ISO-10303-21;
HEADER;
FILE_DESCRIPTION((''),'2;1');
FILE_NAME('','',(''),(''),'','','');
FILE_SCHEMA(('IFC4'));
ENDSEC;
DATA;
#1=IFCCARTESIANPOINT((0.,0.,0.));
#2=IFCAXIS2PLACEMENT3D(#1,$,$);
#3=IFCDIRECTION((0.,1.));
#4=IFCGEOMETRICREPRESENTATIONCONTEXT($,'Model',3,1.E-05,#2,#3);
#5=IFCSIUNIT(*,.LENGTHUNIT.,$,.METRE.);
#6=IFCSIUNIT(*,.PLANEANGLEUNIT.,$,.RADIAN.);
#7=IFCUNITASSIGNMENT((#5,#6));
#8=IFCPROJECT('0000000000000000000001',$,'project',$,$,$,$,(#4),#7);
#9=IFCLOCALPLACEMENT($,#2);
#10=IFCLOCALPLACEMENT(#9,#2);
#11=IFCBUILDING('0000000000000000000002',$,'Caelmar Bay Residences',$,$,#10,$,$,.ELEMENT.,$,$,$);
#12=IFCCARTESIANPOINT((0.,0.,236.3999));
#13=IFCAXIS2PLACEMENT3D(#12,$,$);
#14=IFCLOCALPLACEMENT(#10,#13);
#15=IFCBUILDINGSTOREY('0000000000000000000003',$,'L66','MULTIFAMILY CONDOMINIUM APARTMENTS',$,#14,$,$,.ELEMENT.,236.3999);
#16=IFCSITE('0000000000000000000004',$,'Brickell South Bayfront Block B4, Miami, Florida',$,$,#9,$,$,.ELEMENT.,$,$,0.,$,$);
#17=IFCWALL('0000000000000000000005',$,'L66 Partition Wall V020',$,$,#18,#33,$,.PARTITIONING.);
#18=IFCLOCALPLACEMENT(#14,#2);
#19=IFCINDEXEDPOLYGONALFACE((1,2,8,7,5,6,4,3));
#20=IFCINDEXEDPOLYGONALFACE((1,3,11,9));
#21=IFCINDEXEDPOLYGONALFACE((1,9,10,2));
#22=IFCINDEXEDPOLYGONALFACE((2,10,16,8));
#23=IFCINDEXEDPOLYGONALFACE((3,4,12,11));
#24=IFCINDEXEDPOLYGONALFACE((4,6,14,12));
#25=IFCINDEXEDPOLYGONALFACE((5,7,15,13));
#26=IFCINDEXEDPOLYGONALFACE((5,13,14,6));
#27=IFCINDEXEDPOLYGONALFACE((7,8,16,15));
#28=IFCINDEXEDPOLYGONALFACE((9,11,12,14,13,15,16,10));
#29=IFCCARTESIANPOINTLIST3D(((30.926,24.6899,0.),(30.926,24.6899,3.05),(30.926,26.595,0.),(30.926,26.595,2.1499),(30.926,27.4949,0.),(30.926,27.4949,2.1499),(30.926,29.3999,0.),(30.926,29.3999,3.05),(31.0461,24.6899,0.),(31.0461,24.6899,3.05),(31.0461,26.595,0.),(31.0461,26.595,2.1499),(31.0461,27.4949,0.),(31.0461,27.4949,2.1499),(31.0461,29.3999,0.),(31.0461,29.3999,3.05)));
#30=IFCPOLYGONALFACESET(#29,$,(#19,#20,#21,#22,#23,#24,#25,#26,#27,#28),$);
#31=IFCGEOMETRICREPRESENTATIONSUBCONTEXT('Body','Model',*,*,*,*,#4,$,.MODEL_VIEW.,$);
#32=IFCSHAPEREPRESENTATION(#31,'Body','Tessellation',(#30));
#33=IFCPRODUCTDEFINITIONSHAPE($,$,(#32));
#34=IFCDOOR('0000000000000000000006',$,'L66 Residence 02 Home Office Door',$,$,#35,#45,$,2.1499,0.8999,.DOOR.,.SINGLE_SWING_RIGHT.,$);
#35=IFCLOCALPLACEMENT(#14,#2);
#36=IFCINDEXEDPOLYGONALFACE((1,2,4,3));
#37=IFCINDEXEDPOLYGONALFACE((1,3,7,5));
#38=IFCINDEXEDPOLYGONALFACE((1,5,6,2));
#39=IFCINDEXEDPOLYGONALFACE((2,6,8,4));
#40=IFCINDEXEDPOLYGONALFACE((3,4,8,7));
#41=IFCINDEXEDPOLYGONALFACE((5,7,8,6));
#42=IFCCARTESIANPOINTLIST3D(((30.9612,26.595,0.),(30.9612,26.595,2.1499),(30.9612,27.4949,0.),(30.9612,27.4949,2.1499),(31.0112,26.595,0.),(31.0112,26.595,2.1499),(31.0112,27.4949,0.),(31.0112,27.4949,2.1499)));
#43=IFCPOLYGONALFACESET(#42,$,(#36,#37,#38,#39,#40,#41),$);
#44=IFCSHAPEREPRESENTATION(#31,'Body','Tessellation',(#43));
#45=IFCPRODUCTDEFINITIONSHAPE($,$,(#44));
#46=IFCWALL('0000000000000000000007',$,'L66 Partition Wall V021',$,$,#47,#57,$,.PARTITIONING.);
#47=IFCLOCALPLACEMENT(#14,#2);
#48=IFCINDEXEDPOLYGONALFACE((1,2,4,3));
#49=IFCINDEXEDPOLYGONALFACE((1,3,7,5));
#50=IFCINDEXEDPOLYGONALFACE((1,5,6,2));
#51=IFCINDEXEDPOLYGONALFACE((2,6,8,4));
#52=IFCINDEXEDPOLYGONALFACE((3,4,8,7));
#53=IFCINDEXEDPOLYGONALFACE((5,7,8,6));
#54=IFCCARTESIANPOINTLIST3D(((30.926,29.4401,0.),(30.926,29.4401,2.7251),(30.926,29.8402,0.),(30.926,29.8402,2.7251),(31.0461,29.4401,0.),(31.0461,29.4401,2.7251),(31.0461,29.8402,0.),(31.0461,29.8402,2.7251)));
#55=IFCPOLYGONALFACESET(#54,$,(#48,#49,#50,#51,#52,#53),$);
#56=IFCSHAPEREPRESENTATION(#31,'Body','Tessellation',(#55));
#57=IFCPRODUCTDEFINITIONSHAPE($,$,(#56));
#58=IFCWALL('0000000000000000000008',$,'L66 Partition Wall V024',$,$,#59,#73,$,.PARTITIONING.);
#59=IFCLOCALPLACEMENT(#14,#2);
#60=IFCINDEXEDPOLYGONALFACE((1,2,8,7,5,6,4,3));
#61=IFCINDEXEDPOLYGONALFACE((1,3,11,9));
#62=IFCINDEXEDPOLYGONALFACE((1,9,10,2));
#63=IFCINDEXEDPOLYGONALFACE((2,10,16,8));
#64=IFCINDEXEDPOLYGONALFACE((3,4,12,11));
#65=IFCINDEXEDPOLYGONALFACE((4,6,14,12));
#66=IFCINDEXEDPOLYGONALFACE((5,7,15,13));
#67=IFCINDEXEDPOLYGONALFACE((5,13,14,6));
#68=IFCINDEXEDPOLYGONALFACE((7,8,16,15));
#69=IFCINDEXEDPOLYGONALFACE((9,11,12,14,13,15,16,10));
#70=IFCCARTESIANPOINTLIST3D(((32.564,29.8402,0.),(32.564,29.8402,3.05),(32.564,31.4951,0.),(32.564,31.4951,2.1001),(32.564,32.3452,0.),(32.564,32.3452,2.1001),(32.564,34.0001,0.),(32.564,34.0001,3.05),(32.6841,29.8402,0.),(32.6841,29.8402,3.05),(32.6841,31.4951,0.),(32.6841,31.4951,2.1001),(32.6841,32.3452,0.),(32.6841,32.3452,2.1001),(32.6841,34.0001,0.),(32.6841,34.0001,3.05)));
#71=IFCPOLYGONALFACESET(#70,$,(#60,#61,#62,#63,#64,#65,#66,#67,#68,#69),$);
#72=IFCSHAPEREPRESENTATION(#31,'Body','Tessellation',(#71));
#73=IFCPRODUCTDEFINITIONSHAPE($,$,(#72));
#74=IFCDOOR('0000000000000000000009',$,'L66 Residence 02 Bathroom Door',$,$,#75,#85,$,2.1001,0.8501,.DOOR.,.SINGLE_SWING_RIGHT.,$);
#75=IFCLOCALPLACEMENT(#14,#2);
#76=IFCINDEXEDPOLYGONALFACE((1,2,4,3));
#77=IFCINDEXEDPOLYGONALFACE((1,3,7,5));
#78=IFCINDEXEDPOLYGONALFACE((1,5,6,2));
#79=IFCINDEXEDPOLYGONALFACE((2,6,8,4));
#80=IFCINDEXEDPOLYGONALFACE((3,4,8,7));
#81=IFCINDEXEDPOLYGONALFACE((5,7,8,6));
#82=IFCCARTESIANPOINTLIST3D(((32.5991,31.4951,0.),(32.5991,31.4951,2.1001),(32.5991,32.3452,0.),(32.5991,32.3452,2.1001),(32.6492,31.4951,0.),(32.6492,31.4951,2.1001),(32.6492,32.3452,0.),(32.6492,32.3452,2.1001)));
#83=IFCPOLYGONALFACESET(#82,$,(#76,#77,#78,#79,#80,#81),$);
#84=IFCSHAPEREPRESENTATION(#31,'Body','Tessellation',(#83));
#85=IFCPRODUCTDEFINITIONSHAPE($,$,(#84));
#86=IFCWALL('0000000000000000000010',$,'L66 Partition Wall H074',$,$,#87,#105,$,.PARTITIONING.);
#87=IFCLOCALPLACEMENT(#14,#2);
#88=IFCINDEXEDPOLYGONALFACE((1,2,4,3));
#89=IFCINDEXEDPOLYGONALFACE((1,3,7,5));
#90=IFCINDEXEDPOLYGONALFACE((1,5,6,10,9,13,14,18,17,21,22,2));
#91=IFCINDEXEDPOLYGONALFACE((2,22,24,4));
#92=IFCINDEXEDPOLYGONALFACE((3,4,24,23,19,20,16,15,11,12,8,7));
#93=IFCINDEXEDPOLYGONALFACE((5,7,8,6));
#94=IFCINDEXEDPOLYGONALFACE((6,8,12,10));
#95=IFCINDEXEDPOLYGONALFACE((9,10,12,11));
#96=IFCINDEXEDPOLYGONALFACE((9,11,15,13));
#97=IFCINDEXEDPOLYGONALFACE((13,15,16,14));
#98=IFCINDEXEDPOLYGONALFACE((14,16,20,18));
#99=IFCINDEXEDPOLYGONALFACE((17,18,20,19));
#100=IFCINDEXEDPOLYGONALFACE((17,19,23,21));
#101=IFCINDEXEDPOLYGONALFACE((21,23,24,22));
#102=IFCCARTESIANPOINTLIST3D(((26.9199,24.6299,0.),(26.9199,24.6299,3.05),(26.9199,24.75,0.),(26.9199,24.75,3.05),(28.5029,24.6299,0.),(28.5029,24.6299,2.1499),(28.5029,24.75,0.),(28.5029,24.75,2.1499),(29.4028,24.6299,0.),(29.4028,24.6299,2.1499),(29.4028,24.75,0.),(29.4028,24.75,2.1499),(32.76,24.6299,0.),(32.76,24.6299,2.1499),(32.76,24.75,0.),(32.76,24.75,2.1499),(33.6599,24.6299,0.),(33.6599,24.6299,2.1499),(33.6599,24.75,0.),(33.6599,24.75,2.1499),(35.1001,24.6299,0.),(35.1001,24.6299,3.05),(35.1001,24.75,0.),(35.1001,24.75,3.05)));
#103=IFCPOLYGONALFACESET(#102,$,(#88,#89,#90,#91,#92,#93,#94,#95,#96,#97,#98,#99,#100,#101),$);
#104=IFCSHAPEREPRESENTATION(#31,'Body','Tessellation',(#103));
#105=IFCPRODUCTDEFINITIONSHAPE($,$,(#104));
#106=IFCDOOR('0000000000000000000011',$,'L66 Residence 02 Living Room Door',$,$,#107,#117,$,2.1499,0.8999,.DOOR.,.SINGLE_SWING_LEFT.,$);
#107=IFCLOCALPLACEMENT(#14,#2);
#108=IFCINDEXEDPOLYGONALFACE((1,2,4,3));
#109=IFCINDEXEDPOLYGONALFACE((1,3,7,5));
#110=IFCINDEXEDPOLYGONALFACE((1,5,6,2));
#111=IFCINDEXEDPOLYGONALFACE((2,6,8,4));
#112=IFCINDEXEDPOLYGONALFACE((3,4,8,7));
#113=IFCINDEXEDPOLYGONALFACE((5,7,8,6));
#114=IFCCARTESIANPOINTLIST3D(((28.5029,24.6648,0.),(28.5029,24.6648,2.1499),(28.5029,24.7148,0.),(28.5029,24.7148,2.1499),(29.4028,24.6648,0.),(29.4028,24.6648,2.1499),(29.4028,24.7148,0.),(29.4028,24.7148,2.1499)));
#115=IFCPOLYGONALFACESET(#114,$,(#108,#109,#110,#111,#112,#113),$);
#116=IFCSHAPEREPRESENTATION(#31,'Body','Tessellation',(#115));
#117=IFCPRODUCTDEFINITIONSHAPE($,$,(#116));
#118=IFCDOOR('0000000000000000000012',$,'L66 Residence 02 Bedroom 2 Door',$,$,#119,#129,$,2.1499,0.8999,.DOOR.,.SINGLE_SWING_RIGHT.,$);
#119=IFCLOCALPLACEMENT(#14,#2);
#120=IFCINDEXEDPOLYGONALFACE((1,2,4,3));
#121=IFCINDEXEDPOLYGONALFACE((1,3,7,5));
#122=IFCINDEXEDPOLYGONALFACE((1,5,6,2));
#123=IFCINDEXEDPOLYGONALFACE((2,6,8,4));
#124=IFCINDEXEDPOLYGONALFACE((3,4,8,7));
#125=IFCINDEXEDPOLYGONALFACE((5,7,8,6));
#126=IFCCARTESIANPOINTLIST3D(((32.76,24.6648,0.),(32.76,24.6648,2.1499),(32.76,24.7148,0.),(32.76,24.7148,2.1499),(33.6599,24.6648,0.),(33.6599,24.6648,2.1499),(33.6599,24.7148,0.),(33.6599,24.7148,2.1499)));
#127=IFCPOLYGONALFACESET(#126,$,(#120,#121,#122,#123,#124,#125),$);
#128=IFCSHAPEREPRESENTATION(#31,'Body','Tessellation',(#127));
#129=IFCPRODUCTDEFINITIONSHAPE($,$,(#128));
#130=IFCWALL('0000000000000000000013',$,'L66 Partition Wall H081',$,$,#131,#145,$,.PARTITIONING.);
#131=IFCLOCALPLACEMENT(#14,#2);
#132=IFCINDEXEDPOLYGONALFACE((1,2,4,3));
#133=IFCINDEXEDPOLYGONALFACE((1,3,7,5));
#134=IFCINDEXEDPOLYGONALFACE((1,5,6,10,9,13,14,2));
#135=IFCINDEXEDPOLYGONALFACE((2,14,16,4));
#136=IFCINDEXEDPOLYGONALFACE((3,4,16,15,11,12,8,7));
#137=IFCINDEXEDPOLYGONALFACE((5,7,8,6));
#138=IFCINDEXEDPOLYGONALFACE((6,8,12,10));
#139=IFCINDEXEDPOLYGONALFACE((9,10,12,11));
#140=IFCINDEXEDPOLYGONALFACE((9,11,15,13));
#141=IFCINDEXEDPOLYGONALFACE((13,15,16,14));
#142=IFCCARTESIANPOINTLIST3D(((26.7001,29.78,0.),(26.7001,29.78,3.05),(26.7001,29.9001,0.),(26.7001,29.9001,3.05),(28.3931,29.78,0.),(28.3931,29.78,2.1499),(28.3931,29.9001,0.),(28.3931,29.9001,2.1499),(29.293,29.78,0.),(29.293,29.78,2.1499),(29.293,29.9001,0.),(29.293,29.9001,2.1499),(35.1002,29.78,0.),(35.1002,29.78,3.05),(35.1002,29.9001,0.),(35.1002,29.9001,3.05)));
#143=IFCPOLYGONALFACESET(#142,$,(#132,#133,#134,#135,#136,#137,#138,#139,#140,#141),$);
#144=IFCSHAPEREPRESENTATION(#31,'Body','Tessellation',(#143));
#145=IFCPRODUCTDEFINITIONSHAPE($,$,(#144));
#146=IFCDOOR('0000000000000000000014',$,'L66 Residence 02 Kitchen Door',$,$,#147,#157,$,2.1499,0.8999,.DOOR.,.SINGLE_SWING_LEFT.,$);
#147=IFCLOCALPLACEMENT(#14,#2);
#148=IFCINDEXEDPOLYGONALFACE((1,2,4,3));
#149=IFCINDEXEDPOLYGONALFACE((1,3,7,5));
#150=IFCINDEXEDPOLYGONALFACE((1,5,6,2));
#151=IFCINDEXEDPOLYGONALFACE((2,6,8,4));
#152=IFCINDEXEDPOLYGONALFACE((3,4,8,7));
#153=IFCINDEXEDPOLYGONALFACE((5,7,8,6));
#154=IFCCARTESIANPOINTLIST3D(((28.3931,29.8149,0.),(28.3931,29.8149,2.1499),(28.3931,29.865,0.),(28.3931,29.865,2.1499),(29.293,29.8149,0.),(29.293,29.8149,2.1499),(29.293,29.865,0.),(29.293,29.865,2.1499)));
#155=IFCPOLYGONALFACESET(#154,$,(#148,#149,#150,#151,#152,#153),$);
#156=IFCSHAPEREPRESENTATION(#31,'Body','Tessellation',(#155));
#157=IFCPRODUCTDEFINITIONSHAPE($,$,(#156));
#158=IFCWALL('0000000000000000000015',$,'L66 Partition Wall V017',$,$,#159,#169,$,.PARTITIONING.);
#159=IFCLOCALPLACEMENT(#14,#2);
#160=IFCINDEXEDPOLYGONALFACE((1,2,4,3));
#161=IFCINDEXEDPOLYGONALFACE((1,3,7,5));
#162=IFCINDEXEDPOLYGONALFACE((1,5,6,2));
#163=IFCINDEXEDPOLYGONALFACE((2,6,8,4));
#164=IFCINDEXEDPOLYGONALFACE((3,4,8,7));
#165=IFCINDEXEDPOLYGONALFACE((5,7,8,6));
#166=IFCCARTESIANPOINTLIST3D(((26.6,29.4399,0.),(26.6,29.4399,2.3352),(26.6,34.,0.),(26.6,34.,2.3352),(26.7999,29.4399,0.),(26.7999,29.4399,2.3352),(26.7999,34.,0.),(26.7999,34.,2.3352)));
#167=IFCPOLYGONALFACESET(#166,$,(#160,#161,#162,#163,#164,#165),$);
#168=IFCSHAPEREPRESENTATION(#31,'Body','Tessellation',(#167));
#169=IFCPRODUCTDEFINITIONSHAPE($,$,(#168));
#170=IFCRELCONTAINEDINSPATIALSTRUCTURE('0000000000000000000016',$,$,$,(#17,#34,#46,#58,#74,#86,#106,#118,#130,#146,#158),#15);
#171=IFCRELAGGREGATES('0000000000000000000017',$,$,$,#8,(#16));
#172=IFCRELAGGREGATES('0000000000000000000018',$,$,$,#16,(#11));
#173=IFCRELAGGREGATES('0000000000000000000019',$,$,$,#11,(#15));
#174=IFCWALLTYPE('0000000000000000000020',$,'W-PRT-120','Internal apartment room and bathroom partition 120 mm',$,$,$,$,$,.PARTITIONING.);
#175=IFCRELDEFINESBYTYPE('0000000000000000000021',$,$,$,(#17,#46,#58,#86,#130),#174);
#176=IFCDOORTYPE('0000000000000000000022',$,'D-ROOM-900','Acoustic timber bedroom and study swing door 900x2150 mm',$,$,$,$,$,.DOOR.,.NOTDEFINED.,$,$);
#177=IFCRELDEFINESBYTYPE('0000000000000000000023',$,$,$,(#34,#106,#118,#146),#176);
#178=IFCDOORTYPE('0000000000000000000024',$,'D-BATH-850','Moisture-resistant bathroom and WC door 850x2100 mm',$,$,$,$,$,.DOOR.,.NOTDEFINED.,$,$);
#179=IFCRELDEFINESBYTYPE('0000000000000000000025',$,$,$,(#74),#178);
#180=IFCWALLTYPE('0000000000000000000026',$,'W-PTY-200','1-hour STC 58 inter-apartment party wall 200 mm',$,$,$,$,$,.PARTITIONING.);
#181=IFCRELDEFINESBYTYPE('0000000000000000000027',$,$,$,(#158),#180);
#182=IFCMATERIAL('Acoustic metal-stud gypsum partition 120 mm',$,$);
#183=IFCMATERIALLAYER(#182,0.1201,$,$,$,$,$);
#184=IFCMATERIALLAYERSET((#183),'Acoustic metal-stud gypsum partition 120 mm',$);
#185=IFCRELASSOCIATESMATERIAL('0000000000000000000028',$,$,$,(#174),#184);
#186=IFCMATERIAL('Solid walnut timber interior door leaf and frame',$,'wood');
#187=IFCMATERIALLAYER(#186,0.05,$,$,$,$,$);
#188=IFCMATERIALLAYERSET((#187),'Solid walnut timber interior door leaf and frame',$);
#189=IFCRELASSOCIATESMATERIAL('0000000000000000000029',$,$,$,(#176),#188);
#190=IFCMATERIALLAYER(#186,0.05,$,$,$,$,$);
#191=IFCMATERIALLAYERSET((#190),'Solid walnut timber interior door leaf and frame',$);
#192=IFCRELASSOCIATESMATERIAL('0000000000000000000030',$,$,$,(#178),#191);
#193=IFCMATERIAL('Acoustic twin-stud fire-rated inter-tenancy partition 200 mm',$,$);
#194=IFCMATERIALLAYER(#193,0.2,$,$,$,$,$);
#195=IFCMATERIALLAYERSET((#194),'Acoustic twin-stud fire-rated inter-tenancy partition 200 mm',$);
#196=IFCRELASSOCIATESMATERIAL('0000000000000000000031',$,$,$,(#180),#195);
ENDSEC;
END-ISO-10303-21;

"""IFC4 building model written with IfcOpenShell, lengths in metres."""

from ifc_helpers import new_model, si_unit, direction, frame, frame_2d, origin, place, context, subcontext, project, spatial, rectangle, extrude, material, layer, layer_set, type_object, element, fill, save


model = new_model("IFC4")

# Units and contexts
model_context = context("Model", 3, precision=1e-05, world=origin(), true_north=direction((0.0, 1.0)))
body_context = subcontext(model_context, "Body", "Model", "MODEL_VIEW")
ifc_project = project(units=[si_unit("LENGTHUNIT", "METRE"), si_unit("PLANEANGLEUNIT", "RADIAN")], contexts=[model_context])

# Site, building, storey
site_placement = place(None, origin())
site = spatial("IfcSite", under=ifc_project, at=site_placement, Name="Brickell South Bayfront Block B4, Miami, Florida", CompositionType="ELEMENT", RefElevation=0.0)
building_placement = place(site_placement, origin())
building = spatial("IfcBuilding", under=site, at=building_placement, Name="Caelmar Bay Residences", CompositionType="ELEMENT")
storey_placement = place(building_placement, frame((0.0, 0.0, 236.3999)))
storey = spatial("IfcBuildingStorey", under=building, at=storey_placement, Name="L66", Description="MULTIFAMILY CONDOMINIUM APARTMENTS", CompositionType="ELEMENT", Elevation=236.3999)

# Wall, opening, door
ifc_material_1 = material(Name="Acoustic metal-stud gypsum partition 120 mm")
ifc_layer_1 = layer(ifc_material_1, 0.1201)
ifc_layer_set_1 = layer_set([ifc_layer_1], Name="Acoustic metal-stud gypsum partition 120 mm")
wall_type_1 = type_object("IfcWallType", Name="W-PRT-120", Description="Internal apartment room and bathroom partition 120 mm", PredefinedType="PARTITIONING", material=ifc_layer_set_1)
wall_1_placement = place(storey_placement, frame((30.9861, 24.6899, 0.0), z_axis=(0.0, 0.0, 1.0), x_axis=(0.0, 1.0, 0.0)))
wall_1 = element("IfcWall", 1, at=wall_1_placement, inside=storey, type_object=wall_type_1, Name="L66 Partition Wall V020", PredefinedType="PARTITIONING", context=body_context, shape_type="SweptSolid", body=[
    extrude(rectangle(XDim=4.71, YDim=0.1201, at=frame_2d((2.355, 0.0))), origin(), (0.0, 0.0, 1.0), 3.05),
])
opening_1_placement = place(wall_1_placement, frame((1.905, 0.0, 0.0)))
opening_1 = element("IfcOpeningElement", 2, at=opening_1_placement, cuts=wall_1, PredefinedType="OPENING", context=body_context, shape_type="SweptSolid", body=[
    extrude(rectangle(XDim=0.8999, YDim=2.1499, at=frame_2d((0.45, 1.075))), frame((0.0, 0.0701, 0.0), z_axis=(0.0, -1.0, 0.0), x_axis=(1.0, 0.0, 0.0)), (0.0, 0.0, 1.0), 0.1401),
])
ifc_material_2 = material(Name="Solid walnut timber interior door leaf and frame", Category="wood")
ifc_layer_2 = layer(ifc_material_2, 0.05)
ifc_layer_set_2 = layer_set([ifc_layer_2], Name="Solid walnut timber interior door leaf and frame")
door_type_1 = type_object("IfcDoorType", Name="D-ROOM-900", Description="Acoustic timber bedroom and study swing door 900x2150 mm", OperationType="NOTDEFINED", PredefinedType="DOOR", material=ifc_layer_set_2)
door_1_placement = place(opening_1_placement, origin())
door_1 = element("IfcDoor", 3, at=door_1_placement, inside=storey, type_object=door_type_1, Name="L66 Residence 02 Home Office Door", OperationType="SINGLE_SWING_RIGHT", OverallHeight=2.1499, OverallWidth=0.8999, PredefinedType="DOOR", context=body_context, shape_type="SweptSolid", body=[
    extrude(rectangle(XDim=0.8999, YDim=2.1499, at=frame_2d((0.45, 1.075))), frame((0.0, 0.0249, 0.0), z_axis=(0.0, -1.0, 0.0), x_axis=(1.0, 0.0, 0.0)), (0.0, 0.0, 1.0), 0.05),
])
fill(opening_1, door_1)

# Wall
wall_2_placement = place(storey_placement, frame((30.9861, 29.4399, 0.0), z_axis=(0.0, 0.0, 1.0), x_axis=(0.0, 1.0, 0.0)))
element("IfcWall", 4, at=wall_2_placement, inside=storey, type_object=wall_type_1, Name="L66 Partition Wall V021", PredefinedType="PARTITIONING", context=body_context, shape_type="SweptSolid", body=[
    extrude(rectangle(XDim=0.4001, YDim=0.1201, at=frame_2d((0.2002, 0.0))), origin(), (0.0, 0.0, 1.0), 2.7251),
])

# Wall, opening, door
wall_3_placement = place(storey_placement, frame((32.624, 29.8401, 0.0), z_axis=(0.0, 0.0, 1.0), x_axis=(0.0, 1.0, 0.0)))
wall_3 = element("IfcWall", 5, at=wall_3_placement, inside=storey, type_object=wall_type_1, Name="L66 Partition Wall V024", PredefinedType="PARTITIONING", context=body_context, shape_type="SweptSolid", body=[
    extrude(rectangle(XDim=4.1599, YDim=0.1201, at=frame_2d((2.0801, 0.0))), origin(), (0.0, 0.0, 1.0), 3.05),
])
opening_2_placement = place(wall_3_placement, frame((1.655, 0.0, 0.0)))
opening_2 = element("IfcOpeningElement", 6, at=opening_2_placement, cuts=wall_3, PredefinedType="OPENING", context=body_context, shape_type="SweptSolid", body=[
    extrude(rectangle(XDim=0.8501, YDim=2.1001, at=frame_2d((0.425, 1.05))), frame((0.0, 0.0701, 0.0), z_axis=(0.0, -1.0, 0.0), x_axis=(1.0, 0.0, 0.0)), (0.0, 0.0, 1.0), 0.1401),
])
ifc_layer_3 = layer(ifc_material_2, 0.05)
ifc_layer_set_3 = layer_set([ifc_layer_3], Name="Solid walnut timber interior door leaf and frame")
door_type_2 = type_object("IfcDoorType", Name="D-BATH-850", Description="Moisture-resistant bathroom and WC door 850x2100 mm", OperationType="NOTDEFINED", PredefinedType="DOOR", material=ifc_layer_set_3)
door_2_placement = place(opening_2_placement, origin())
door_2 = element("IfcDoor", 7, at=door_2_placement, inside=storey, type_object=door_type_2, Name="L66 Residence 02 Bathroom Door", OperationType="SINGLE_SWING_RIGHT", OverallHeight=2.1001, OverallWidth=0.8501, PredefinedType="DOOR", context=body_context, shape_type="SweptSolid", body=[
    extrude(rectangle(XDim=0.8501, YDim=2.1001, at=frame_2d((0.425, 1.05))), frame((0.0, 0.0249, 0.0), z_axis=(0.0, -1.0, 0.0), x_axis=(1.0, 0.0, 0.0)), (0.0, 0.0, 1.0), 0.05),
])
fill(opening_2, door_2)

# Wall, openings, doors
wall_4_placement = place(storey_placement, frame((26.9199, 24.6899, 0.0), z_axis=(0.0, 0.0, 1.0), x_axis=(1.0, 0.0, 0.0)))
wall_4 = element("IfcWall", 8, at=wall_4_placement, inside=storey, type_object=wall_type_1, Name="L66 Partition Wall H074", PredefinedType="PARTITIONING", context=body_context, shape_type="SweptSolid", body=[
    extrude(rectangle(XDim=8.1802, YDim=0.1201, at=frame_2d((4.0901, 0.0))), origin(), (0.0, 0.0, 1.0), 3.05),
])
opening_3_placement = place(wall_4_placement, frame((1.583, 0.0, 0.0)))
opening_3 = element("IfcOpeningElement", 9, at=opening_3_placement, cuts=wall_4, PredefinedType="OPENING", context=body_context, shape_type="SweptSolid", body=[
    extrude(rectangle(XDim=0.8999, YDim=2.1499, at=frame_2d((0.45, 1.075))), frame((0.0, 0.0701, 0.0), z_axis=(0.0, -1.0, 0.0), x_axis=(1.0, 0.0, 0.0)), (0.0, 0.0, 1.0), 0.1401),
])
opening_4_placement = place(wall_4_placement, frame((5.8401, 0.0, 0.0)))
opening_4 = element("IfcOpeningElement", 10, at=opening_4_placement, cuts=wall_4, PredefinedType="OPENING", context=body_context, shape_type="SweptSolid", body=[
    extrude(rectangle(XDim=0.8999, YDim=2.1499, at=frame_2d((0.45, 1.075))), frame((0.0, 0.0701, 0.0), z_axis=(0.0, -1.0, 0.0), x_axis=(1.0, 0.0, 0.0)), (0.0, 0.0, 1.0), 0.1401),
])
door_3_placement = place(opening_3_placement, origin())
door_3 = element("IfcDoor", 11, at=door_3_placement, inside=storey, type_object=door_type_1, Name="L66 Residence 02 Living Room Door", OperationType="SINGLE_SWING_LEFT", OverallHeight=2.1499, OverallWidth=0.8999, PredefinedType="DOOR", context=body_context, shape_type="SweptSolid", body=[
    extrude(rectangle(XDim=0.8999, YDim=2.1499, at=frame_2d((0.45, 1.075))), frame((0.0, 0.0249, 0.0), z_axis=(0.0, -1.0, 0.0), x_axis=(1.0, 0.0, 0.0)), (0.0, 0.0, 1.0), 0.05),
])
fill(opening_3, door_3)
door_4_placement = place(opening_4_placement, origin())
door_4 = element("IfcDoor", 12, at=door_4_placement, inside=storey, type_object=door_type_1, Name="L66 Residence 02 Bedroom 2 Door", OperationType="SINGLE_SWING_RIGHT", OverallHeight=2.1499, OverallWidth=0.8999, PredefinedType="DOOR", context=body_context, shape_type="SweptSolid", body=[
    extrude(rectangle(XDim=0.8999, YDim=2.1499, at=frame_2d((0.45, 1.075))), frame((0.0, 0.0249, 0.0), z_axis=(0.0, -1.0, 0.0), x_axis=(1.0, 0.0, 0.0)), (0.0, 0.0, 1.0), 0.05),
])
fill(opening_4, door_4)

# Wall, opening, door
wall_5_placement = place(storey_placement, frame((26.7, 29.8401, 0.0), z_axis=(0.0, 0.0, 1.0), x_axis=(1.0, 0.0, 0.0)))
wall_5 = element("IfcWall", 13, at=wall_5_placement, inside=storey, type_object=wall_type_1, Name="L66 Partition Wall H081", PredefinedType="PARTITIONING", context=body_context, shape_type="SweptSolid", body=[
    extrude(rectangle(XDim=8.4001, YDim=0.1201, at=frame_2d((4.2002, 0.0))), origin(), (0.0, 0.0, 1.0), 3.05),
])
opening_5_placement = place(wall_5_placement, frame((1.6931, 0.0, 0.0)))
opening_5 = element("IfcOpeningElement", 14, at=opening_5_placement, cuts=wall_5, PredefinedType="OPENING", context=body_context, shape_type="SweptSolid", body=[
    extrude(rectangle(XDim=0.8999, YDim=2.1499, at=frame_2d((0.45, 1.075))), frame((0.0, 0.0701, 0.0), z_axis=(0.0, -1.0, 0.0), x_axis=(1.0, 0.0, 0.0)), (0.0, 0.0, 1.0), 0.1401),
])
door_5_placement = place(opening_5_placement, origin())
door_5 = element("IfcDoor", 15, at=door_5_placement, inside=storey, type_object=door_type_1, Name="L66 Residence 02 Kitchen Door", OperationType="SINGLE_SWING_LEFT", OverallHeight=2.1499, OverallWidth=0.8999, PredefinedType="DOOR", context=body_context, shape_type="SweptSolid", body=[
    extrude(rectangle(XDim=0.8999, YDim=2.1499, at=frame_2d((0.45, 1.075))), frame((0.0, 0.0249, 0.0), z_axis=(0.0, -1.0, 0.0), x_axis=(1.0, 0.0, 0.0)), (0.0, 0.0, 1.0), 0.05),
])
fill(opening_5, door_5)

# Wall
ifc_material_3 = material(Name="Acoustic twin-stud fire-rated inter-tenancy partition 200 mm")
ifc_layer_4 = layer(ifc_material_3, 0.2)
ifc_layer_set_4 = layer_set([ifc_layer_4], Name="Acoustic twin-stud fire-rated inter-tenancy partition 200 mm")
wall_type_2 = type_object("IfcWallType", Name="W-PTY-200", Description="1-hour STC 58 inter-apartment party wall 200 mm", PredefinedType="PARTITIONING", material=ifc_layer_set_4)
wall_6_placement = place(storey_placement, frame((26.7, 29.4399, 0.0), z_axis=(0.0, 0.0, 1.0), x_axis=(0.0, 1.0, 0.0)))
element("IfcWall", 16, at=wall_6_placement, inside=storey, type_object=wall_type_2, Name="L66 Partition Wall V017", PredefinedType="PARTITIONING", context=body_context, shape_type="SweptSolid", body=[
    extrude(rectangle(XDim=4.5601, YDim=0.2, at=frame_2d((2.28, 0.0))), origin(), (0.0, 0.0, 1.0), 2.3352),
])

save(model, "model.ifc")
